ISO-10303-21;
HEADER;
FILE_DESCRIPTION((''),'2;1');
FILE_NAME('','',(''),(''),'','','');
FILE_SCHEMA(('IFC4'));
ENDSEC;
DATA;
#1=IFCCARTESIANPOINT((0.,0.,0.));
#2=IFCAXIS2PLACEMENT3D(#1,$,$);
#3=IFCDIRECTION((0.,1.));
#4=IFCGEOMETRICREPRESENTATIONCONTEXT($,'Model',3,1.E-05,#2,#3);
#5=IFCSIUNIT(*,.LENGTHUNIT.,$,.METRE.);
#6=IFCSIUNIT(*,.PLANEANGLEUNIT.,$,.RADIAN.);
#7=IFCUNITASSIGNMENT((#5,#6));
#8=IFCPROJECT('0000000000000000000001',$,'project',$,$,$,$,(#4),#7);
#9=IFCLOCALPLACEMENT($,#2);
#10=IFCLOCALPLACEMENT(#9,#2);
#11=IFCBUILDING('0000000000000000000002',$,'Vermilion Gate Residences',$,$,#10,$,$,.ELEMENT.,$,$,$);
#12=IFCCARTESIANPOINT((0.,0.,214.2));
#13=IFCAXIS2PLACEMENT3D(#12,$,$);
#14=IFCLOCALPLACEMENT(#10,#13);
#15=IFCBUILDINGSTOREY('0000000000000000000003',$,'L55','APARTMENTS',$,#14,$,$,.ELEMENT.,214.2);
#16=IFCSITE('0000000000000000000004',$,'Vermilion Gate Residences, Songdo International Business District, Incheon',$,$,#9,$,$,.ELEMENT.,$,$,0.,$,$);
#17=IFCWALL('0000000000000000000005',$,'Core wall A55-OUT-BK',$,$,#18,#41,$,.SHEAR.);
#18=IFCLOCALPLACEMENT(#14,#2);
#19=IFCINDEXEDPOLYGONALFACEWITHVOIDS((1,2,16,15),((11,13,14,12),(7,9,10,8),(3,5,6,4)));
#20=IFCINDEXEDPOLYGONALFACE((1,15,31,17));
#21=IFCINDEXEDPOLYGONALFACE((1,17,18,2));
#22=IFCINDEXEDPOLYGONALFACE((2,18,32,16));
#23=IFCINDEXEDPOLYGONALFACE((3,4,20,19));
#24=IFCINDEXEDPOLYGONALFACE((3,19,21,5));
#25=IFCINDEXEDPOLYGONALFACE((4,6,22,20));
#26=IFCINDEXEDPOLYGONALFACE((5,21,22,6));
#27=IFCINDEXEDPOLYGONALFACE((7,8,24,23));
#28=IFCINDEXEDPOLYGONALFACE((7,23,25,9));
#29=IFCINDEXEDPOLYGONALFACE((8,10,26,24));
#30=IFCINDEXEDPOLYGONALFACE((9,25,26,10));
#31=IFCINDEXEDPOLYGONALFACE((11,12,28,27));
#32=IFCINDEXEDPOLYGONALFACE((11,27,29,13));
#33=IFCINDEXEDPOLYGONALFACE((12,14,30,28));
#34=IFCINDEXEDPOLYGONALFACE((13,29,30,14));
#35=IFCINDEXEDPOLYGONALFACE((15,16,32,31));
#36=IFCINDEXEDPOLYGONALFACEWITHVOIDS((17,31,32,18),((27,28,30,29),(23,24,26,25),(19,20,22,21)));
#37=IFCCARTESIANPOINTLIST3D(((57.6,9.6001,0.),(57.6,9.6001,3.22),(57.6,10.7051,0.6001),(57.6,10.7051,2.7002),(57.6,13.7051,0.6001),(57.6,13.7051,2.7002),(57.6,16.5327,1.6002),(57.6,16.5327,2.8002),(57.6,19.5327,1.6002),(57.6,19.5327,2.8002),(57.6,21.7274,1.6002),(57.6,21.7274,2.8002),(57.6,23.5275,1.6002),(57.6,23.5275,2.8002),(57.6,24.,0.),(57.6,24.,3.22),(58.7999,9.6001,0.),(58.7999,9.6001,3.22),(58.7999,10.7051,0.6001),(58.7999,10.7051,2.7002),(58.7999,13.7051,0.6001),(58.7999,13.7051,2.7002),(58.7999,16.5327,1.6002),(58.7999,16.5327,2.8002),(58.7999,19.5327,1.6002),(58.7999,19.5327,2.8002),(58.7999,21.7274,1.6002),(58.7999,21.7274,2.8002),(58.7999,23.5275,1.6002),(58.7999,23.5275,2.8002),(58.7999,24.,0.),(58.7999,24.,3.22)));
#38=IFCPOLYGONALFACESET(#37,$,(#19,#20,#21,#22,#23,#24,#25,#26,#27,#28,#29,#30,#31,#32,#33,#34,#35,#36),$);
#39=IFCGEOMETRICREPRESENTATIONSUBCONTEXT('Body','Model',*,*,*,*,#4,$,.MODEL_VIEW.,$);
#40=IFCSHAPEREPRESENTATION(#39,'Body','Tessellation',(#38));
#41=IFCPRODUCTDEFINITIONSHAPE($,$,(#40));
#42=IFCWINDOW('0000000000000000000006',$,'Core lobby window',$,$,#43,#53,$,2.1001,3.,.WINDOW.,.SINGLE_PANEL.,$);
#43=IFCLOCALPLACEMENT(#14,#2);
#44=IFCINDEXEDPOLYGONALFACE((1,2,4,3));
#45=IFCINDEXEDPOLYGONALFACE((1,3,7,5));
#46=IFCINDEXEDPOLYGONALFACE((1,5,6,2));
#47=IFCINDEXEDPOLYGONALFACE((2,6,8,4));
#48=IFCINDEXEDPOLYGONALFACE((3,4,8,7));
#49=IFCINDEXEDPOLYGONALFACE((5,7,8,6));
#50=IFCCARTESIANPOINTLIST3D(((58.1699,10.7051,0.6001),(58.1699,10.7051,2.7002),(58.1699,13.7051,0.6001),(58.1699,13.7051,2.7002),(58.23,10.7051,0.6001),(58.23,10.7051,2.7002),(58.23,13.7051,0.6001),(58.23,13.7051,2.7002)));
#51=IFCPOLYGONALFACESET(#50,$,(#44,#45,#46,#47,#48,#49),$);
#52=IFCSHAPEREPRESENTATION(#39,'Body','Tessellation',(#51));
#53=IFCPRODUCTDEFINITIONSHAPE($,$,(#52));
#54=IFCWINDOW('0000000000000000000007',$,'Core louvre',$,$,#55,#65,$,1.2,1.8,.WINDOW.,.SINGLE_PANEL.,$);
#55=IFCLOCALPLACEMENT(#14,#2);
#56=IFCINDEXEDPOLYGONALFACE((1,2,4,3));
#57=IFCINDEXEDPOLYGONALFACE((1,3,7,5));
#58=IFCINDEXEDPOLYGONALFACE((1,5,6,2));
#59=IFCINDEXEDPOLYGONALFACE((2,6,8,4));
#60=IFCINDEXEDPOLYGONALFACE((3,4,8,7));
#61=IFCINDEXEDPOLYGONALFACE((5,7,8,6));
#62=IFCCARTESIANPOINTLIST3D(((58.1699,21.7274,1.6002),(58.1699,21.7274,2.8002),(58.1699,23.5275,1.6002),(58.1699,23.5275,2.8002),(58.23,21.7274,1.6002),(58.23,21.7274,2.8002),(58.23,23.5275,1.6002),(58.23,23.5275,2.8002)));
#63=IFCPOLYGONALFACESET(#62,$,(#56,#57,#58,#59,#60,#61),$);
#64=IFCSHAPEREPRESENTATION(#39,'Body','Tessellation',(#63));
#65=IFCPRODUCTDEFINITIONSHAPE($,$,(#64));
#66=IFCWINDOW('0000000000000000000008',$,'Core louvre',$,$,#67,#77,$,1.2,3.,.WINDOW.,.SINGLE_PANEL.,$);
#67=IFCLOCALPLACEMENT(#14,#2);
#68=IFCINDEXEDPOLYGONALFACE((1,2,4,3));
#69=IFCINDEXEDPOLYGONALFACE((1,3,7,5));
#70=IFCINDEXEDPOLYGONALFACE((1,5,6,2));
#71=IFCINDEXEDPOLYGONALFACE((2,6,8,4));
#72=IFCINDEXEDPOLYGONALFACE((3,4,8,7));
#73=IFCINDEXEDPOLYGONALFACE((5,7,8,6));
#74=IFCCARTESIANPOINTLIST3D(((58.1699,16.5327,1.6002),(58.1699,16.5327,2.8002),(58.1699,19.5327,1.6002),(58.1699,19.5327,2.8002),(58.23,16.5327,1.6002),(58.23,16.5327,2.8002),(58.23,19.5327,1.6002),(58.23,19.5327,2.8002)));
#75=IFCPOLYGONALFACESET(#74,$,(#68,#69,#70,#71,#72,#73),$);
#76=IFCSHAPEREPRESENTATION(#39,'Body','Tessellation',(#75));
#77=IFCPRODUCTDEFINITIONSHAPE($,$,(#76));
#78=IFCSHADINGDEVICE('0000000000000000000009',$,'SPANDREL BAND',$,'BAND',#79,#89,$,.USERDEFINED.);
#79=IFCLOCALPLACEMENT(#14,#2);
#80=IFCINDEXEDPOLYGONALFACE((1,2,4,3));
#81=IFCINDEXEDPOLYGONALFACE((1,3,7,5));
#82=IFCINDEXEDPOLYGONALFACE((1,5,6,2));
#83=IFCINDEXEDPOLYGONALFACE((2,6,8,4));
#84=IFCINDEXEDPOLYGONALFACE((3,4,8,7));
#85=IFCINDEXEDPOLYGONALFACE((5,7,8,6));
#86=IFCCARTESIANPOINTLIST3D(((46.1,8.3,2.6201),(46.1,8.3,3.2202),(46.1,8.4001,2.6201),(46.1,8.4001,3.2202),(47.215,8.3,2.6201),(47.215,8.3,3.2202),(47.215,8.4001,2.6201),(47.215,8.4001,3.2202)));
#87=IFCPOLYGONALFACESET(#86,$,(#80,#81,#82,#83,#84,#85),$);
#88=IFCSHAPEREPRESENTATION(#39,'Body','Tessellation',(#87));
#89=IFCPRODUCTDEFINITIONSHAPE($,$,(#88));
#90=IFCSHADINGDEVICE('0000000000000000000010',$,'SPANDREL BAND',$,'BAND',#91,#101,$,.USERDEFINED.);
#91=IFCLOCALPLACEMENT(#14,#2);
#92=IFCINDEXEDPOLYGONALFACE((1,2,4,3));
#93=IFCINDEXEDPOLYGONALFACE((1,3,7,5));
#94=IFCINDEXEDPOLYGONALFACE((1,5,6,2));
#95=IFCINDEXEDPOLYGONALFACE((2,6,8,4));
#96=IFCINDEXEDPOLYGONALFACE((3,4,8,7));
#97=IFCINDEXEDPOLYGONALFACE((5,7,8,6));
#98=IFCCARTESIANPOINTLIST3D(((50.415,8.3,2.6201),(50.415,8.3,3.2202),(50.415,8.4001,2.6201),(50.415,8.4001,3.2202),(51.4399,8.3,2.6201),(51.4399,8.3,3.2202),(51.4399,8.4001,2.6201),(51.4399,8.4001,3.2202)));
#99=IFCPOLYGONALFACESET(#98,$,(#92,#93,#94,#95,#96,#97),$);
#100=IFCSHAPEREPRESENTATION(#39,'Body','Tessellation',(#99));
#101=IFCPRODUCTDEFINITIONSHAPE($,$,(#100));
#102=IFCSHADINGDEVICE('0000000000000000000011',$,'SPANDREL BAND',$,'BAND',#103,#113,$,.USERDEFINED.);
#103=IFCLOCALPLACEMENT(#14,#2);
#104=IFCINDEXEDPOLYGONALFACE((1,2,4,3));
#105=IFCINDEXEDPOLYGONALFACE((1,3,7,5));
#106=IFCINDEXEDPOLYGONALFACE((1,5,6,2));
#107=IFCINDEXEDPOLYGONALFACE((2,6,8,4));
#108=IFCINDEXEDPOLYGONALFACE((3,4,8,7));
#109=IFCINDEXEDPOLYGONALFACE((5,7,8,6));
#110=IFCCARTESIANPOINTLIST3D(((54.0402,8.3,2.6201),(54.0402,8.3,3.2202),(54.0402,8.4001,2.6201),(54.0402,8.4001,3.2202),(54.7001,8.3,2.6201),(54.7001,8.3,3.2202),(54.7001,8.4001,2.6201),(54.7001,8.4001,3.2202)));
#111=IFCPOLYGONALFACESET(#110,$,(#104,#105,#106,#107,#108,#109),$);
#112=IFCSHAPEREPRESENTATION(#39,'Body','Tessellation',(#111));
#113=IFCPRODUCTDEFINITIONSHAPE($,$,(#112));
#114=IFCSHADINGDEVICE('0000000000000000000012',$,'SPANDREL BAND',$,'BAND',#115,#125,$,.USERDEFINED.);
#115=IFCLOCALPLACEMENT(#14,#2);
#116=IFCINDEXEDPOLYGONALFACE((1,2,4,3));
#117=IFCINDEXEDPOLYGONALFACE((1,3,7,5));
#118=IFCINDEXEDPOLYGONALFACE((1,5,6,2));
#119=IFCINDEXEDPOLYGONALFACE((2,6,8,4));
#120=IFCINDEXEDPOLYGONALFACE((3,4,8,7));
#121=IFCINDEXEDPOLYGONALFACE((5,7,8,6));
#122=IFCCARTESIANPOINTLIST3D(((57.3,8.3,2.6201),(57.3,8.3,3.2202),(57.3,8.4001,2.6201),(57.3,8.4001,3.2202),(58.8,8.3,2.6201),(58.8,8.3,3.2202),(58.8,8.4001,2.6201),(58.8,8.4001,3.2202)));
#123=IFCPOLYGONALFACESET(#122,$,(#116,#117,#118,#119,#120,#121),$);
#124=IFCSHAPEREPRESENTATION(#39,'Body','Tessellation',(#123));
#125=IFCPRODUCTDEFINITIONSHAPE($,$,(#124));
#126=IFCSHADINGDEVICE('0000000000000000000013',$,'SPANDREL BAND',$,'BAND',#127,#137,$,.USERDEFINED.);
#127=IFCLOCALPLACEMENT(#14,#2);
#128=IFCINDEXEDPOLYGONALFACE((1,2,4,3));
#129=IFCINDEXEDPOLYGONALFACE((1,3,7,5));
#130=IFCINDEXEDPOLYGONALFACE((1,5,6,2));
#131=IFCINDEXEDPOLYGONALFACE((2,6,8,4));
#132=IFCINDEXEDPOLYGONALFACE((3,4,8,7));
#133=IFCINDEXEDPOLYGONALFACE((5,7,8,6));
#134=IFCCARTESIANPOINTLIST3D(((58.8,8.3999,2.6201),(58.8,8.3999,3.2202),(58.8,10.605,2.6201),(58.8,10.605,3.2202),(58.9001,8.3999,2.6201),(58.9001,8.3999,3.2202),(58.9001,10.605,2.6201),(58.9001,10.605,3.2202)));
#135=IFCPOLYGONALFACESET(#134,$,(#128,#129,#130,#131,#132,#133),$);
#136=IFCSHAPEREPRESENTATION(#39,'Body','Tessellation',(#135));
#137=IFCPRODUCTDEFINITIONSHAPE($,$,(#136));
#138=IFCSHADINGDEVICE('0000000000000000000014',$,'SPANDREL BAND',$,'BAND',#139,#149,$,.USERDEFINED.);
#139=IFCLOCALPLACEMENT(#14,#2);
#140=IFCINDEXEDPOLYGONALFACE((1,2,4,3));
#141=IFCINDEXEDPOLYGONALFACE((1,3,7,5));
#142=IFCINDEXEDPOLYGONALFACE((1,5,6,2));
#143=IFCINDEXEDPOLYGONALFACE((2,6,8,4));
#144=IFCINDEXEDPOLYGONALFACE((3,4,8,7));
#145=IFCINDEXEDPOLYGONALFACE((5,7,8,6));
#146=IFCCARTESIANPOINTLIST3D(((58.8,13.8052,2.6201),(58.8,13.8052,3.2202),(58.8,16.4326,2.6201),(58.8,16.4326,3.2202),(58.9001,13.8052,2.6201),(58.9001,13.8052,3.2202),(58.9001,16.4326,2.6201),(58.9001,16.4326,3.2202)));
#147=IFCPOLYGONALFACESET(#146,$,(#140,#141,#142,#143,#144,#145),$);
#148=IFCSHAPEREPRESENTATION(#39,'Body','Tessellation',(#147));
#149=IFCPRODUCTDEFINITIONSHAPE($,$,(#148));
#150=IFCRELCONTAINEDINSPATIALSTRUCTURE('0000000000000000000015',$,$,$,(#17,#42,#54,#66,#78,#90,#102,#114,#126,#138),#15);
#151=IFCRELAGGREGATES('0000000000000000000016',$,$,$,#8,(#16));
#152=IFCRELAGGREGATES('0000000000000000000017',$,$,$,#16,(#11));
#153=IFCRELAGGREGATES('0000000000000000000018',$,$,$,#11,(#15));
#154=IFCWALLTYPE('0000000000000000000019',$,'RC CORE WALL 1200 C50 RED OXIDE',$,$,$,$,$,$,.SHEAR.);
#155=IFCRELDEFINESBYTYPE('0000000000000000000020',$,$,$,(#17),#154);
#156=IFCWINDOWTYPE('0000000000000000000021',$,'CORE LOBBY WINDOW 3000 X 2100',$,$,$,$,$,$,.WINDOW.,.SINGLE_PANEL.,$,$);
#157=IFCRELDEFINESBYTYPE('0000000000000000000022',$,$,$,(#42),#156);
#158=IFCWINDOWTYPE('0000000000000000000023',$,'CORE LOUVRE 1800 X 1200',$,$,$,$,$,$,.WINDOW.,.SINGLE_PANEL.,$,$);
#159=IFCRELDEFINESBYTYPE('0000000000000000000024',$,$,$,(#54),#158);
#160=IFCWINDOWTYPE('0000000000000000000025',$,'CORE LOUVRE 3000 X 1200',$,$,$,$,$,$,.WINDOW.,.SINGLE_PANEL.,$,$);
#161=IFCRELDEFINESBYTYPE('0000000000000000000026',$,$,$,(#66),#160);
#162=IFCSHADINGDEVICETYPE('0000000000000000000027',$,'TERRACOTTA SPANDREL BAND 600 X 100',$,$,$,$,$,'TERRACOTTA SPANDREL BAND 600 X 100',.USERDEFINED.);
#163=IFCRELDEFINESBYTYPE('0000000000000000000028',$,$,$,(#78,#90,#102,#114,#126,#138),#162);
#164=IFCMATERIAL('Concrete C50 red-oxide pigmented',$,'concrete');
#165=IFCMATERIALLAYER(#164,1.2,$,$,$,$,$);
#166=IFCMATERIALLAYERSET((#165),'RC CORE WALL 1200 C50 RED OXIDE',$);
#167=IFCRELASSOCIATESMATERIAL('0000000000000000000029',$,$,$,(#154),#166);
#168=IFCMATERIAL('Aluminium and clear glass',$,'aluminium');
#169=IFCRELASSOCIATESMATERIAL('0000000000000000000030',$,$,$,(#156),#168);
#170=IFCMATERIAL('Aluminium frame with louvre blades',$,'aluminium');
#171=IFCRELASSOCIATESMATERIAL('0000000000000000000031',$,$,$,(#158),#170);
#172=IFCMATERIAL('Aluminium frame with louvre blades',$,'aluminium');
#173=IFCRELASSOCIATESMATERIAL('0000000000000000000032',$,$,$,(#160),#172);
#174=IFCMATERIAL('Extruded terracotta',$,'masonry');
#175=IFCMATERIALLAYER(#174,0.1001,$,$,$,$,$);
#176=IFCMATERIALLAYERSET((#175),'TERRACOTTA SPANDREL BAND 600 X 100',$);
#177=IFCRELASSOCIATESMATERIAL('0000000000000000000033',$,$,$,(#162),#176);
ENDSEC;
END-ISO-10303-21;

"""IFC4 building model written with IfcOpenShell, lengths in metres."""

from ifc_helpers import new_model, si_unit, direction, frame, frame_2d, origin, origin_2d, place, context, subcontext, project, spatial, rectangle, extrude, material, layer, layer_set, type_object, element, fill, save


model = new_model("IFC4")

# Units and contexts
model_context = context("Model", 3, precision=1e-05, world=origin(), true_north=direction((0.0, 1.0)))
body_context = subcontext(model_context, "Body", "Model", "MODEL_VIEW")
ifc_project = project(units=[si_unit("LENGTHUNIT", "METRE"), si_unit("PLANEANGLEUNIT", "RADIAN")], contexts=[model_context])

# Site, building, storey
site_placement = place(None, origin())
site = spatial("IfcSite", under=ifc_project, at=site_placement, Name="Vermilion Gate Residences, Songdo International Business District, Incheon", CompositionType="ELEMENT", RefElevation=0.0)
building_placement = place(site_placement, origin())
building = spatial("IfcBuilding", under=site, at=building_placement, Name="Vermilion Gate Residences", CompositionType="ELEMENT")
storey_placement = place(building_placement, frame((0.0, 0.0, 214.2)))
storey = spatial("IfcBuildingStorey", under=building, at=storey_placement, Name="L55", Description="APARTMENTS", CompositionType="ELEMENT", Elevation=214.2)

# Wall, openings, windows
ifc_material_1 = material(Name="Concrete C50 red-oxide pigmented", Category="concrete")
ifc_layer_1 = layer(ifc_material_1, 1.2)
ifc_layer_set_1 = layer_set([ifc_layer_1], Name="RC CORE WALL 1200 C50 RED OXIDE")
wall_type_1 = type_object("IfcWallType", Name="RC CORE WALL 1200 C50 RED OXIDE", PredefinedType="SHEAR", material=ifc_layer_set_1)
wall_1_placement = place(storey_placement, frame((58.2, 9.6001, 0.0), z_axis=(0.0, 0.0, 1.0), x_axis=(0.0, 1.0, 0.0)))
wall_1 = element("IfcWall", 1, at=wall_1_placement, inside=storey, type_object=wall_type_1, Name="Core wall A55-OUT-BK", PredefinedType="SHEAR", context=body_context, shape_type="SweptSolid", body=[
    extrude(rectangle(XDim=14.3999, YDim=1.2, at=frame_2d((7.2, 0.0))), origin(), (0.0, 0.0, 1.0), 3.22),
])
opening_1_placement = place(wall_1_placement, frame((1.105, 0.0, 0.6001)))
opening_1 = element("IfcOpeningElement", 2, at=opening_1_placement, cuts=wall_1, PredefinedType="OPENING", context=body_context, shape_type="SweptSolid", body=[
    extrude(rectangle(XDim=3.0, YDim=2.1001, at=frame_2d((1.5, 1.05))), frame((0.0, 0.6099, 0.0), z_axis=(0.0, -1.0, 0.0), x_axis=(1.0, 0.0, 0.0)), (0.0, 0.0, 1.0), 1.22),
])
opening_2_placement = place(wall_1_placement, frame((6.9326, 0.0, 1.6001)))
opening_2 = element("IfcOpeningElement", 3, at=opening_2_placement, cuts=wall_1, PredefinedType="OPENING", context=body_context, shape_type="SweptSolid", body=[
    extrude(rectangle(XDim=3.0, YDim=1.2, at=frame_2d((1.5, 0.6001))), frame((0.0, 0.6099, 0.0), z_axis=(0.0, -1.0, 0.0), x_axis=(1.0, 0.0, 0.0)), (0.0, 0.0, 1.0), 1.22),
])
opening_3_placement = place(wall_1_placement, frame((12.1274, 0.0, 1.6001)))
opening_3 = element("IfcOpeningElement", 4, at=opening_3_placement, cuts=wall_1, PredefinedType="OPENING", context=body_context, shape_type="SweptSolid", body=[
    extrude(rectangle(XDim=1.8, YDim=1.2, at=frame_2d((0.8999, 0.6001))), frame((0.0, 0.6099, 0.0), z_axis=(0.0, -1.0, 0.0), x_axis=(1.0, 0.0, 0.0)), (0.0, 0.0, 1.0), 1.22),
])
ifc_material_2 = material(Name="Aluminium and clear glass", Category="aluminium")
window_type_1 = type_object("IfcWindowType", Name="CORE LOBBY WINDOW 3000 X 2100", PartitioningType="SINGLE_PANEL", PredefinedType="WINDOW", material=ifc_material_2)
window_1_placement = place(opening_1_placement, origin())
window_1 = element("IfcWindow", 5, at=window_1_placement, inside=storey, type_object=window_type_1, Name="Core lobby window", OverallHeight=2.1001, OverallWidth=3.0, PartitioningType="SINGLE_PANEL", PredefinedType="WINDOW", context=body_context, shape_type="SweptSolid", body=[
    extrude(rectangle(XDim=3.0, YDim=2.1001, at=frame_2d((1.5, 1.05))), frame((0.0, 0.03, 0.0), z_axis=(0.0, -1.0, 0.0), x_axis=(1.0, 0.0, 0.0)), (0.0, 0.0, 1.0), 0.0601),
])
fill(opening_1, window_1)
ifc_material_3 = material(Name="Aluminium frame with louvre blades", Category="aluminium")
window_type_2 = type_object("IfcWindowType", Name="CORE LOUVRE 1800 X 1200", PartitioningType="SINGLE_PANEL", PredefinedType="WINDOW", material=ifc_material_3)
window_2_placement = place(opening_3_placement, origin())
window_2 = element("IfcWindow", 6, at=window_2_placement, inside=storey, type_object=window_type_2, Name="Core louvre", OverallHeight=1.2, OverallWidth=1.8, PartitioningType="SINGLE_PANEL", PredefinedType="WINDOW", context=body_context, shape_type="SweptSolid", body=[
    extrude(rectangle(XDim=1.8, YDim=1.2, at=frame_2d((0.8999, 0.6001))), frame((0.0, 0.03, 0.0), z_axis=(0.0, -1.0, 0.0), x_axis=(1.0, 0.0, 0.0)), (0.0, 0.0, 1.0), 0.0601),
])
fill(opening_3, window_2)
ifc_material_4 = material(Name="Aluminium frame with louvre blades", Category="aluminium")
window_type_3 = type_object("IfcWindowType", Name="CORE LOUVRE 3000 X 1200", PartitioningType="SINGLE_PANEL", PredefinedType="WINDOW", material=ifc_material_4)
window_3_placement = place(opening_2_placement, origin())
window_3 = element("IfcWindow", 7, at=window_3_placement, inside=storey, type_object=window_type_3, Name="Core louvre", OverallHeight=1.2, OverallWidth=3.0, PartitioningType="SINGLE_PANEL", PredefinedType="WINDOW", context=body_context, shape_type="SweptSolid", body=[
    extrude(rectangle(XDim=3.0, YDim=1.2, at=frame_2d((1.5, 0.6001))), frame((0.0, 0.03, 0.0), z_axis=(0.0, -1.0, 0.0), x_axis=(1.0, 0.0, 0.0)), (0.0, 0.0, 1.0), 0.0601),
])
fill(opening_2, window_3)

# Shading devices
ifc_material_5 = material(Name="Extruded terracotta", Category="masonry")
ifc_layer_2 = layer(ifc_material_5, 0.1001)
ifc_layer_set_2 = layer_set([ifc_layer_2], Name="TERRACOTTA SPANDREL BAND 600 X 100")
shading_device_type = type_object("IfcShadingDeviceType", Name="TERRACOTTA SPANDREL BAND 600 X 100", ElementType="TERRACOTTA SPANDREL BAND 600 X 100", PredefinedType="USERDEFINED", material=ifc_layer_set_2)
shading_device_1_placement = place(storey_placement, frame((46.6575, 8.3501, 2.6201), z_axis=(0.0, 0.0, 1.0), x_axis=(1.0, 0.0, 0.0)))
element("IfcShadingDevice", 8, at=shading_device_1_placement, inside=storey, type_object=shading_device_type, Name="SPANDREL BAND", ObjectType="BAND", PredefinedType="USERDEFINED", context=body_context, shape_type="SweptSolid", body=[
    extrude(rectangle(XDim=1.115, YDim=0.1001, at=origin_2d()), origin(), (0.0, 0.0, 1.0), 0.6001),
])
shading_device_2_placement = place(storey_placement, frame((50.9275, 8.3501, 2.6201), z_axis=(0.0, 0.0, 1.0), x_axis=(1.0, 0.0, 0.0)))
element("IfcShadingDevice", 9, at=shading_device_2_placement, inside=storey, type_object=shading_device_type, Name="SPANDREL BAND", ObjectType="BAND", PredefinedType="USERDEFINED", context=body_context, shape_type="SweptSolid", body=[
    extrude(rectangle(XDim=1.0249, YDim=0.1001, at=origin_2d()), origin(), (0.0, 0.0, 1.0), 0.6001),
])
shading_device_3_placement = place(storey_placement, frame((54.3701, 8.3501, 2.6201), z_axis=(0.0, 0.0, 1.0), x_axis=(1.0, 0.0, 0.0)))
element("IfcShadingDevice", 10, at=shading_device_3_placement, inside=storey, type_object=shading_device_type, Name="SPANDREL BAND", ObjectType="BAND", PredefinedType="USERDEFINED", context=body_context, shape_type="SweptSolid", body=[
    extrude(rectangle(XDim=0.6599, YDim=0.1001, at=origin_2d()), origin(), (0.0, 0.0, 1.0), 0.6001),
])
shading_device_4_placement = place(storey_placement, frame((58.05, 8.3501, 2.6201), z_axis=(0.0, 0.0, 1.0), x_axis=(1.0, 0.0, 0.0)))
element("IfcShadingDevice", 11, at=shading_device_4_placement, inside=storey, type_object=shading_device_type, Name="SPANDREL BAND", ObjectType="BAND", PredefinedType="USERDEFINED", context=body_context, shape_type="SweptSolid", body=[
    extrude(rectangle(XDim=1.5, YDim=0.1001, at=origin_2d()), origin(), (0.0, 0.0, 1.0), 0.6001),
])
shading_device_5_placement = place(storey_placement, frame((58.8501, 9.5024, 2.6201), z_axis=(0.0, 0.0, 1.0), x_axis=(0.0, 1.0, 0.0)))
element("IfcShadingDevice", 12, at=shading_device_5_placement, inside=storey, type_object=shading_device_type, Name="SPANDREL BAND", ObjectType="BAND", PredefinedType="USERDEFINED", context=body_context, shape_type="SweptSolid", body=[
    extrude(rectangle(XDim=2.2051, YDim=0.1001, at=origin_2d()), origin(), (0.0, 0.0, 1.0), 0.6001),
])
shading_device_6_placement = place(storey_placement, frame((58.8501, 15.1189, 2.6201), z_axis=(0.0, 0.0, 1.0), x_axis=(0.0, 1.0, 0.0)))
element("IfcShadingDevice", 13, at=shading_device_6_placement, inside=storey, type_object=shading_device_type, Name="SPANDREL BAND", ObjectType="BAND", PredefinedType="USERDEFINED", context=body_context, shape_type="SweptSolid", body=[
    extrude(rectangle(XDim=2.6274, YDim=0.1001, at=origin_2d()), origin(), (0.0, 0.0, 1.0), 0.6001),
])

save(model, "model.ifc")
